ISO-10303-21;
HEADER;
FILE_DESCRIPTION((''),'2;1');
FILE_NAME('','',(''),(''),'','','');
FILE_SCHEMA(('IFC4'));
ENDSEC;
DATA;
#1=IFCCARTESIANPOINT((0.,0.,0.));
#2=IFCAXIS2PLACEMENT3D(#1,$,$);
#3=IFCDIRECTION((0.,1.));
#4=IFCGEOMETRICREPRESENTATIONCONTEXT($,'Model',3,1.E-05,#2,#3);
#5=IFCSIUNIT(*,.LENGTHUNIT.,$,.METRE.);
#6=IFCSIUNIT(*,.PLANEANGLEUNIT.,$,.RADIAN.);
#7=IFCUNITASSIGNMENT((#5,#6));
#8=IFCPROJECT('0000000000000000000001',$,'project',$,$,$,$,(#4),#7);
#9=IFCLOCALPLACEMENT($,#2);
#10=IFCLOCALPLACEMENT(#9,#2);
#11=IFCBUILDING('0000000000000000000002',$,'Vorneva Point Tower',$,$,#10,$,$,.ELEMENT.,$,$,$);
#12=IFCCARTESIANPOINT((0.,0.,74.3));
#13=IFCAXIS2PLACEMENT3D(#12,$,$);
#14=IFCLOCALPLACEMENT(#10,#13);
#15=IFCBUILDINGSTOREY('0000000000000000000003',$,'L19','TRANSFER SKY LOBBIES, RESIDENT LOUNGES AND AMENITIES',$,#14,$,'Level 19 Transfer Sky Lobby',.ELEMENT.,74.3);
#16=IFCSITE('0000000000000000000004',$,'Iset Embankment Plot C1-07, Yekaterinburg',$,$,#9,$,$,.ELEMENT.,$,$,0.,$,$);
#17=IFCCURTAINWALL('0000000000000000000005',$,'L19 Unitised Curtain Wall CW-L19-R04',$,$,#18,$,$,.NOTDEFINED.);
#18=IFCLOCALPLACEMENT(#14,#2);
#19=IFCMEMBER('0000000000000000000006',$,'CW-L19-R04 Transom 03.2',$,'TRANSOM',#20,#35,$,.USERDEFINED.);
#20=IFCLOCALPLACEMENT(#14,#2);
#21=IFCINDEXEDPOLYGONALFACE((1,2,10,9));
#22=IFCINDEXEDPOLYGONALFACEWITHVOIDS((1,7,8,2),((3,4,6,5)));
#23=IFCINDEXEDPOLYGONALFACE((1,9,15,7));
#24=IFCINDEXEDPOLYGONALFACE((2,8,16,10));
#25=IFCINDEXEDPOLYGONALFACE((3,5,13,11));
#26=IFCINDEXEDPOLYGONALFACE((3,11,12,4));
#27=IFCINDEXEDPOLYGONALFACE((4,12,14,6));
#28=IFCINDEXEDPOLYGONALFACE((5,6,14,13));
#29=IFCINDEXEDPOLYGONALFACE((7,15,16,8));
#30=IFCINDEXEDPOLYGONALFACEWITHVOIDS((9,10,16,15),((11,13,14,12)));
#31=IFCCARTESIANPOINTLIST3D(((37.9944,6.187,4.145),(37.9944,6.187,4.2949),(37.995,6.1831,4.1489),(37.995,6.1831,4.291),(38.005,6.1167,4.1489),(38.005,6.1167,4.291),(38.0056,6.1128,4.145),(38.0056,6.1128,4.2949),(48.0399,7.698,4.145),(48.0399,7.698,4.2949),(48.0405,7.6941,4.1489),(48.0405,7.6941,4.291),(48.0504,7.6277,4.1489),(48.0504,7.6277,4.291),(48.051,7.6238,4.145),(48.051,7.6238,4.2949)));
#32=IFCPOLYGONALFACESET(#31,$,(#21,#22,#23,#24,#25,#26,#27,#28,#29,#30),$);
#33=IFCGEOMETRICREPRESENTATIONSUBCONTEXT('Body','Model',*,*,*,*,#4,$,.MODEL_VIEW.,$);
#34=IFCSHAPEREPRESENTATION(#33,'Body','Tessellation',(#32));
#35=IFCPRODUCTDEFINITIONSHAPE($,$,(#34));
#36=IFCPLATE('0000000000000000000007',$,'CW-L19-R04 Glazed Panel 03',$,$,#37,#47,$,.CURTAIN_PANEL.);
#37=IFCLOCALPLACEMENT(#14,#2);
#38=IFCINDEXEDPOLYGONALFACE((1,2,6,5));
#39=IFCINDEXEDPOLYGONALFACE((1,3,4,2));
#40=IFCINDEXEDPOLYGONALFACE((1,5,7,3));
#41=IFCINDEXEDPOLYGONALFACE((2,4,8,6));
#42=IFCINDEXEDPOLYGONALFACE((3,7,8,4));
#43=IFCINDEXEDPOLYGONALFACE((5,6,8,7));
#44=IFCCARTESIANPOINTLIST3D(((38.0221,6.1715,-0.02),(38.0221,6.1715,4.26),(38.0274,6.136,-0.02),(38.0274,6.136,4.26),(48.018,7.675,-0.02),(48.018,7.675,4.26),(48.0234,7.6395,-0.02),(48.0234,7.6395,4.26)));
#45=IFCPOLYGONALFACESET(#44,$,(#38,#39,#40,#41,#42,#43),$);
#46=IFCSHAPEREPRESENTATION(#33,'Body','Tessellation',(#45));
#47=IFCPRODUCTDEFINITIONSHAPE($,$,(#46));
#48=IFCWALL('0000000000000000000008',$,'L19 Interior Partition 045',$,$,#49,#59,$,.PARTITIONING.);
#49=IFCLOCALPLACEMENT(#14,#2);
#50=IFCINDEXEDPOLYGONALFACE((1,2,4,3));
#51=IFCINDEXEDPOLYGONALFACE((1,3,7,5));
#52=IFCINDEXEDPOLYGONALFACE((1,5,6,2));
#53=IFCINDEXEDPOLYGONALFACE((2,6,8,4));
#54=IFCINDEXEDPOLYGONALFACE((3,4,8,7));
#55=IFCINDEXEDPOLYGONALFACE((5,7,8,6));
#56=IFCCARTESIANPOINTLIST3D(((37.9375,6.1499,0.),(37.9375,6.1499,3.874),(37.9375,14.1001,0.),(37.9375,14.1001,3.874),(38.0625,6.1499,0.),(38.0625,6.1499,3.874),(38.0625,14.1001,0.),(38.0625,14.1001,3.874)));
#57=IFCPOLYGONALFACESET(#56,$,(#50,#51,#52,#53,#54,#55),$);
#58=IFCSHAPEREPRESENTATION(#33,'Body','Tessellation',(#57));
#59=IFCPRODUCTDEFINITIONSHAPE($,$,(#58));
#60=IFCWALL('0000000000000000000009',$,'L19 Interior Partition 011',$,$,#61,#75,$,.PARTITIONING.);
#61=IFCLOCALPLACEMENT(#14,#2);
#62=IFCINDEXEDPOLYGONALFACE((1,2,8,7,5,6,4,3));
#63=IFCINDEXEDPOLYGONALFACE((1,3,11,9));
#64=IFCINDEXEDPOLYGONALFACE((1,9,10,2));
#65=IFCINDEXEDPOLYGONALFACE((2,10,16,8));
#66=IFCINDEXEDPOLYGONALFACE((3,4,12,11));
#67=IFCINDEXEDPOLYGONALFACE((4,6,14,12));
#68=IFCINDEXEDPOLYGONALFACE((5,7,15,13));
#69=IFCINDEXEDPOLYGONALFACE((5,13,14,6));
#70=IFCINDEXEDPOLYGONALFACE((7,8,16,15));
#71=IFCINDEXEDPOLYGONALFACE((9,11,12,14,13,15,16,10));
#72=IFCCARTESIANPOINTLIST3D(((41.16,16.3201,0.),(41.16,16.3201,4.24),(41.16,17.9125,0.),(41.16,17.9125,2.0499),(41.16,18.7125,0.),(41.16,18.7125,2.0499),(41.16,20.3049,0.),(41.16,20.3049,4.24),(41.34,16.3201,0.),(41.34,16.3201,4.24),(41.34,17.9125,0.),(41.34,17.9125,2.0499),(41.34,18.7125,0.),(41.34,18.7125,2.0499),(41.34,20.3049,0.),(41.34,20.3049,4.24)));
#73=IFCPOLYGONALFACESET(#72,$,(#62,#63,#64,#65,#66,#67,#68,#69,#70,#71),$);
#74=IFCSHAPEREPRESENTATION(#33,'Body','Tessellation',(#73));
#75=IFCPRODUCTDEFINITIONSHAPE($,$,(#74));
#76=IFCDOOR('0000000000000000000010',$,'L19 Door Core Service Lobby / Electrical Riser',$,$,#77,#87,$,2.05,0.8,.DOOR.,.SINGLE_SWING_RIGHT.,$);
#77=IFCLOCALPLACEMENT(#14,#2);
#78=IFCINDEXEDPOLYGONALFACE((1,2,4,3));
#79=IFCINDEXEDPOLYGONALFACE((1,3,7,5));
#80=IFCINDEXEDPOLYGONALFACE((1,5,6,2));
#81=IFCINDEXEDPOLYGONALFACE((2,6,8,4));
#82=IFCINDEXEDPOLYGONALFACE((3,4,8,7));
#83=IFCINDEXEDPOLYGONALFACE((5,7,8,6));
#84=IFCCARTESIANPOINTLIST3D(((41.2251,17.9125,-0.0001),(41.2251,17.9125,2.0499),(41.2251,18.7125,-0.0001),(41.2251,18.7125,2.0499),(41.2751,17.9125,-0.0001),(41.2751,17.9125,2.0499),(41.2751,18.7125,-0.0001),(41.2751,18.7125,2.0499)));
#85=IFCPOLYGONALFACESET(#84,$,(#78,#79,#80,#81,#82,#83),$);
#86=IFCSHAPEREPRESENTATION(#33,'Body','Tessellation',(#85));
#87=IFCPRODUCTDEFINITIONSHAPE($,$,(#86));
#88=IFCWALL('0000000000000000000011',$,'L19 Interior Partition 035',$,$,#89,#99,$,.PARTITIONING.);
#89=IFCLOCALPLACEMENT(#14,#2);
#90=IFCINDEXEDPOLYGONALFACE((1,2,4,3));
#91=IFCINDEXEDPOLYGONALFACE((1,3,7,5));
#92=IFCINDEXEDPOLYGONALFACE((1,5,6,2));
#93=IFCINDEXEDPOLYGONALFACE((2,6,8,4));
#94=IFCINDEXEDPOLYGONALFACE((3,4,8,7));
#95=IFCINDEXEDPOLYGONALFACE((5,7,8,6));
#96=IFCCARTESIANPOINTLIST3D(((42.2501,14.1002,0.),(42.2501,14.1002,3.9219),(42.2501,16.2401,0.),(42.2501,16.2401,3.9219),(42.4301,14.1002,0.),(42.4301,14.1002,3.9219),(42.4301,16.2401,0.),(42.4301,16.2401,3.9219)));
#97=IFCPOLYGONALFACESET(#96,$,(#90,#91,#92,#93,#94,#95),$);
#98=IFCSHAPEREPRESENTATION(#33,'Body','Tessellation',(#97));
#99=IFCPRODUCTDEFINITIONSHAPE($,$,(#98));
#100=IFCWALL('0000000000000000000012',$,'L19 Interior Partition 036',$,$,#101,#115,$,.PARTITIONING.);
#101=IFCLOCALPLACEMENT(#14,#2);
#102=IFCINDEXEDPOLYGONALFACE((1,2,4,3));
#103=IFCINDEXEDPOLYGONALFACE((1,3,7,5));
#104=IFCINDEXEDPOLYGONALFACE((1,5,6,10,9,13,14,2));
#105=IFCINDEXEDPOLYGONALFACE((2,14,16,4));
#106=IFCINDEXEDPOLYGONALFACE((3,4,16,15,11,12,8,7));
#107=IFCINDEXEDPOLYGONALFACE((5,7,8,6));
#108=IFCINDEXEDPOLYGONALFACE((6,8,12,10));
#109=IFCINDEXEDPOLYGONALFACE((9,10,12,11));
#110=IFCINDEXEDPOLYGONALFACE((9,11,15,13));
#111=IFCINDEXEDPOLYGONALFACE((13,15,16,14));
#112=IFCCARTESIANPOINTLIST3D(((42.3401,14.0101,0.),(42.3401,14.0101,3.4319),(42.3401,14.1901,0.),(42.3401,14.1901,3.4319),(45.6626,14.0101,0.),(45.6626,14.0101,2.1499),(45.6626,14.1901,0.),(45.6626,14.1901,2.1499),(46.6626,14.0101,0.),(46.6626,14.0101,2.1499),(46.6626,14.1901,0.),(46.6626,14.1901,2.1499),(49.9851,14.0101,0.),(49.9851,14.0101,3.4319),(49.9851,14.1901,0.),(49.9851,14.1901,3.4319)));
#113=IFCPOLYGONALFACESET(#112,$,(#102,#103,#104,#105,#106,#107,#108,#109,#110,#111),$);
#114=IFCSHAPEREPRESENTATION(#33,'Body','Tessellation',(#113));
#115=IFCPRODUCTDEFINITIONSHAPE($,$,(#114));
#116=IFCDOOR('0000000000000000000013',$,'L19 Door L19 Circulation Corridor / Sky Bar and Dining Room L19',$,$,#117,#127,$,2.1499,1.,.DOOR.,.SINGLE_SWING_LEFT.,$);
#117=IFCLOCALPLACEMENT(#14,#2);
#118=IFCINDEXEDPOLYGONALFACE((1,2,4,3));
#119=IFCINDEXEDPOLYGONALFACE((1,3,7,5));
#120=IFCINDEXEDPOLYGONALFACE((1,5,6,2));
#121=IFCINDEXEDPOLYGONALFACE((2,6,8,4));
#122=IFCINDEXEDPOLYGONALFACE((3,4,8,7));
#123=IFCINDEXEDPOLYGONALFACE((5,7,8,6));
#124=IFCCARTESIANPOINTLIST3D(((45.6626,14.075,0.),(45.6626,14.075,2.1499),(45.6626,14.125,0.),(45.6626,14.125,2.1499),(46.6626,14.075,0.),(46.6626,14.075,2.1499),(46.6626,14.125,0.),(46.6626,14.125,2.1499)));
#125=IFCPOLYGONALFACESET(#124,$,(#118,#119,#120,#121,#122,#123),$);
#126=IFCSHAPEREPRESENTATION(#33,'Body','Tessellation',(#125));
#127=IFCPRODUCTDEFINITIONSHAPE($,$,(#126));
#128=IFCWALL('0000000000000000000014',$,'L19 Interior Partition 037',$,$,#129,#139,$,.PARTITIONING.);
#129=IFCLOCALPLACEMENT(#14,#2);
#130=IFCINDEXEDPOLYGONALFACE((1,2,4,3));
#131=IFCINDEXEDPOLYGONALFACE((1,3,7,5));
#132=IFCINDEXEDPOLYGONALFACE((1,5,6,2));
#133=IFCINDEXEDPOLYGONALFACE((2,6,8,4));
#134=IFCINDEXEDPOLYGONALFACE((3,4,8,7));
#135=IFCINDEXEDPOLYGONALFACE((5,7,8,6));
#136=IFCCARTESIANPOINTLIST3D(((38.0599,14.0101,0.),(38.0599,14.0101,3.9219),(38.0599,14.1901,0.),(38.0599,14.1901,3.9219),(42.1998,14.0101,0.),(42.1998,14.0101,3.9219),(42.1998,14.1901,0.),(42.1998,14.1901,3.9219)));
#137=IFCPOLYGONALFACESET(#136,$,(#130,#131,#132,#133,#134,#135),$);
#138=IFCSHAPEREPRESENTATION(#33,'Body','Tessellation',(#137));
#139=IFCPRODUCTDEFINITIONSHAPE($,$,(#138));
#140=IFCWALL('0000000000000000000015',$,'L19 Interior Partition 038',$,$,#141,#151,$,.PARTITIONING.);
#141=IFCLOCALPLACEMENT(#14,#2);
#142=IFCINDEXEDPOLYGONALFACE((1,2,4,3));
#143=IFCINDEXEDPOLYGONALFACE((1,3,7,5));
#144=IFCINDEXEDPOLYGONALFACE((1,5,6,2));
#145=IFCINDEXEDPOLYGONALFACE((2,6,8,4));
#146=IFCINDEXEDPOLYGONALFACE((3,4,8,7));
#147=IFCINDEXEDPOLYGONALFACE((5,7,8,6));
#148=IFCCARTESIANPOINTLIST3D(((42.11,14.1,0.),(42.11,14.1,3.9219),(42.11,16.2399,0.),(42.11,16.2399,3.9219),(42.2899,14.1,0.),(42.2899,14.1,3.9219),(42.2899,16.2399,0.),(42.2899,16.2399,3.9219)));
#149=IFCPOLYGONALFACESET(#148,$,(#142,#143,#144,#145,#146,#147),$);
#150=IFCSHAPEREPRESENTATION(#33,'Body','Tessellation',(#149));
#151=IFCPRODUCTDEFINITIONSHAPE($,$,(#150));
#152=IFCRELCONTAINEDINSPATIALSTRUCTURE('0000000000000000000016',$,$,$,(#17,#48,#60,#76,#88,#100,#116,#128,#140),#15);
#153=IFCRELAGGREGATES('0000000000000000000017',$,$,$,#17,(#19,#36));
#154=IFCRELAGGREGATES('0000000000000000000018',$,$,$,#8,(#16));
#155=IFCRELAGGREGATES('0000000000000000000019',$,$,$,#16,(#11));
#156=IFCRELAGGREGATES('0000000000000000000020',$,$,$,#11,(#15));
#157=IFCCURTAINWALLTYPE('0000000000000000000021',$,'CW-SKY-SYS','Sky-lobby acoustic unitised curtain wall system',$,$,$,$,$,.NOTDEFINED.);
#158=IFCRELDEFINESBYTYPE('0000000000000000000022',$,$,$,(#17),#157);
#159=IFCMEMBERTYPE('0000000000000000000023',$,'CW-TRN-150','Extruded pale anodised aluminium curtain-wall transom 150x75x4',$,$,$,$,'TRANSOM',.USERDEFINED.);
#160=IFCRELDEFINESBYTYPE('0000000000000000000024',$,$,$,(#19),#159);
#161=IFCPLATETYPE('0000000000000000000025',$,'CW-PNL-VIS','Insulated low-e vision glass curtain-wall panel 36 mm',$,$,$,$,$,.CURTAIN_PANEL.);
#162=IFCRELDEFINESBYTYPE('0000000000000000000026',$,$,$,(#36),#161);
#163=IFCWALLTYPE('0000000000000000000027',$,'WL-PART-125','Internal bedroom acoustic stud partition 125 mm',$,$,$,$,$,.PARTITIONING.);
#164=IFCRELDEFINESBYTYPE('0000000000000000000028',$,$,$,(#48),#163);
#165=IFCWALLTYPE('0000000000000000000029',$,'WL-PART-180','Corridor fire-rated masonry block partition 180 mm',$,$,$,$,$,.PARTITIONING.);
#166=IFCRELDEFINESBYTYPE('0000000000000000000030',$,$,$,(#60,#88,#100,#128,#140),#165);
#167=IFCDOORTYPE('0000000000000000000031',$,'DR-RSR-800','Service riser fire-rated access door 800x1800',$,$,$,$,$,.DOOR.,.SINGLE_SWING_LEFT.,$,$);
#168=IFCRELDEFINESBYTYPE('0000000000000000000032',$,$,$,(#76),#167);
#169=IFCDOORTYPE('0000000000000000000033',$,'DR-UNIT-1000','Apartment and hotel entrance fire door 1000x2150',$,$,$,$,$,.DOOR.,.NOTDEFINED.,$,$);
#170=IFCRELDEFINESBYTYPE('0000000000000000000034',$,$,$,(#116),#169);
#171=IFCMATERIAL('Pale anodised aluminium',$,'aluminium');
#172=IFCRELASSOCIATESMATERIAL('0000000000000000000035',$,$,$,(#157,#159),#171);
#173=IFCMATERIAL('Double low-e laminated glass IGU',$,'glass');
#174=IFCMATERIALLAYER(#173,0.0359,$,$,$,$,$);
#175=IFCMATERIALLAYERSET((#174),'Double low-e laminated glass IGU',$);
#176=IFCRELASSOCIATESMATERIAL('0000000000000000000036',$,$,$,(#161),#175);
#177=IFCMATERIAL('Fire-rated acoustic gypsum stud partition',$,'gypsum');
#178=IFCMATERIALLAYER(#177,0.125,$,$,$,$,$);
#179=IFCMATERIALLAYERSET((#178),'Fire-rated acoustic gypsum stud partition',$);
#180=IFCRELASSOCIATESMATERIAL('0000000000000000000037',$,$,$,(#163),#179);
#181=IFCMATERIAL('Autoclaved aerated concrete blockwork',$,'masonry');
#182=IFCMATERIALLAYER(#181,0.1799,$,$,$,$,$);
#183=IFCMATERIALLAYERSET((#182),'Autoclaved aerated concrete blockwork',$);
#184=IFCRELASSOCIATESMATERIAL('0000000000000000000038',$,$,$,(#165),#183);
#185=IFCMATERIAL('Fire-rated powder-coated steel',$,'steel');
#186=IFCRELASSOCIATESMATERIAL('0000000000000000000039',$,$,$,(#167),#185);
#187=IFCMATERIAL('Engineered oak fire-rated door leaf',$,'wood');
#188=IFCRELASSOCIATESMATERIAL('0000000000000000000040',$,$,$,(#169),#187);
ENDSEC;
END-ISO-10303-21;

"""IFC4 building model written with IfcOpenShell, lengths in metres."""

from ifc_helpers import new_model, si_unit, direction, frame, frame_2d, origin, origin_2d, place, context, subcontext, project, spatial, rectangle, hollow_rectangle, extrude, material, layer, layer_set, material_profile, profile_set, type_object, element, fill, aggregate, save


model = new_model("IFC4")

# Units and contexts
model_context = context("Model", 3, precision=1e-05, world=origin(), true_north=direction((0.0, 1.0)))
body_context = subcontext(model_context, "Body", "Model", "MODEL_VIEW")
ifc_project = project(units=[si_unit("LENGTHUNIT", "METRE"), si_unit("PLANEANGLEUNIT", "RADIAN")], contexts=[model_context])

# Site, building, storey
site_placement = place(None, origin())
site = spatial("IfcSite", under=ifc_project, at=site_placement, Name="Iset Embankment Plot C1-07, Yekaterinburg", CompositionType="ELEMENT", RefElevation=0.0)
building_placement = place(site_placement, origin())
building = spatial("IfcBuilding", under=site, at=building_placement, Name="Vorneva Point Tower", CompositionType="ELEMENT")
storey_placement = place(building_placement, frame((0.0, 0.0, 74.3)))
storey = spatial("IfcBuildingStorey", under=building, at=storey_placement, Name="L19", Description="TRANSFER SKY LOBBIES, RESIDENT LOUNGES AND AMENITIES", LongName="Level 19 Transfer Sky Lobby", CompositionType="ELEMENT", Elevation=74.3)

# Curtain wall, member, plate
ifc_material_1 = material(Name="Pale anodised aluminium", Category="aluminium")
curtain_wall_type = type_object("IfcCurtainWallType", Name="CW-SKY-SYS", Description="Sky-lobby acoustic unitised curtain wall system", PredefinedType="NOTDEFINED", material=ifc_material_1)
curtain_wall_placement = place(storey_placement, origin())
curtain_wall = element("IfcCurtainWall", 1, at=curtain_wall_placement, inside=storey, type_object=curtain_wall_type, Name="L19 Unitised Curtain Wall CW-L19-R04", PredefinedType="NOTDEFINED")
ifc_material_profile_1 = material_profile(ifc_material_1, hollow_rectangle(XDim=0.075, YDim=0.1499, WallThickness=0.0039, at=origin_2d()), Name="AL-TRN 150x75x4")
ifc_profile_set_1 = profile_set([ifc_material_profile_1], Name="Pale anodised aluminium")
member_type_1 = type_object("IfcMemberType", Name="CW-TRN-150", Description="Extruded pale anodised aluminium curtain-wall transom 150x75x4", ElementType="TRANSOM", PredefinedType="USERDEFINED", material=ifc_profile_set_1)
member_1_placement = place(storey_placement, frame((38.0, 6.1499, 4.22), z_axis=(0.988876, 0.148742, 0.0), x_axis=(-0.148742, 0.988876, 0.0)))
member_1 = element("IfcMember", 2, at=member_1_placement, type_object=member_type_1, Name="CW-L19-R04 Transom 03.2", ObjectType="TRANSOM", PredefinedType="USERDEFINED", context=body_context, shape_type="SweptSolid", body=[
    extrude(hollow_rectangle(XDim=0.075, YDim=0.1499, WallThickness=0.0039, at=origin_2d()), origin(), (0.0, 0.0, 1.0), 10.1584),
])
ifc_material_2 = material(Name="Double low-e laminated glass IGU", Category="glass")
ifc_layer_1 = layer(ifc_material_2, 0.0359)
ifc_layer_set_1 = layer_set([ifc_layer_1], Name="Double low-e laminated glass IGU")
plate_type = type_object("IfcPlateType", Name="CW-PNL-VIS", Description="Insulated low-e vision glass curtain-wall panel 36 mm", PredefinedType="CURTAIN_PANEL", material=ifc_layer_set_1)
plate_placement = place(storey_placement, frame((43.0227, 6.9055, -0.02), z_axis=(0.0, 0.0, 1.0), x_axis=(0.988876, 0.148741, 0.0)))
plate = element("IfcPlate", 3, at=plate_placement, type_object=plate_type, Name="CW-L19-R04 Glazed Panel 03", PredefinedType="CURTAIN_PANEL", context=body_context, shape_type="SweptSolid", body=[
    extrude(rectangle(XDim=10.1084, YDim=0.0359, at=origin_2d()), origin(), (0.0, 0.0, 1.0), 4.28),
])
aggregate(curtain_wall, [member_1, plate])

# Wall
ifc_material_3 = material(Name="Fire-rated acoustic gypsum stud partition", Category="gypsum")
ifc_layer_2 = layer(ifc_material_3, 0.125)
ifc_layer_set_2 = layer_set([ifc_layer_2], Name="Fire-rated acoustic gypsum stud partition")
wall_type_1 = type_object("IfcWallType", Name="WL-PART-125", Description="Internal bedroom acoustic stud partition 125 mm", PredefinedType="PARTITIONING", material=ifc_layer_set_2)
wall_1_placement = place(storey_placement, frame((38.0, 6.1499, 0.0), z_axis=(0.0, 0.0, 1.0), x_axis=(0.0, 1.0, 0.0)))
element("IfcWall", 4, at=wall_1_placement, inside=storey, type_object=wall_type_1, Name="L19 Interior Partition 045", PredefinedType="PARTITIONING", context=body_context, shape_type="SweptSolid", body=[
    extrude(rectangle(XDim=7.9502, YDim=0.125, at=frame_2d((3.9751, 0.0))), origin(), (0.0, 0.0, 1.0), 3.874),
])

# Wall, opening, door
ifc_material_4 = material(Name="Autoclaved aerated concrete blockwork", Category="masonry")
ifc_layer_3 = layer(ifc_material_4, 0.1799)
ifc_layer_set_3 = layer_set([ifc_layer_3], Name="Autoclaved aerated concrete blockwork")
wall_type_2 = type_object("IfcWallType", Name="WL-PART-180", Description="Corridor fire-rated masonry block partition 180 mm", PredefinedType="PARTITIONING", material=ifc_layer_set_3)
wall_2_placement = place(storey_placement, frame((41.25, 16.3201, 0.0), z_axis=(0.0, 0.0, 1.0), x_axis=(0.0, 1.0, 0.0)))
wall_2 = element("IfcWall", 5, at=wall_2_placement, inside=storey, type_object=wall_type_2, Name="L19 Interior Partition 011", PredefinedType="PARTITIONING", context=body_context, shape_type="SweptSolid", body=[
    extrude(rectangle(XDim=3.9849, YDim=0.1799, at=frame_2d((1.9924, 0.0))), origin(), (0.0, 0.0, 1.0), 4.24),
])
opening_1_placement = place(wall_2_placement, frame((1.5925, 0.0, 0.0)))
opening_1 = element("IfcOpeningElement", 6, at=opening_1_placement, cuts=wall_2, PredefinedType="OPENING", context=body_context, shape_type="SweptSolid", body=[
    extrude(rectangle(XDim=0.8, YDim=2.05, at=frame_2d((0.3999, 1.0249))), frame((0.0, 0.105, 0.0), z_axis=(0.0, -1.0, 0.0), x_axis=(1.0, 0.0, 0.0)), (0.0, 0.0, 1.0), 0.2097),
])
ifc_material_5 = material(Name="Fire-rated powder-coated steel", Category="steel")
door_type_1 = type_object("IfcDoorType", Name="DR-RSR-800", Description="Service riser fire-rated access door 800x1800", OperationType="SINGLE_SWING_LEFT", PredefinedType="DOOR", material=ifc_material_5)
door_1_placement = place(opening_1_placement, origin())
door_1 = element("IfcDoor", 7, at=door_1_placement, inside=storey, type_object=door_type_1, Name="L19 Door Core Service Lobby / Electrical Riser", OperationType="SINGLE_SWING_RIGHT", OverallHeight=2.05, OverallWidth=0.8, PredefinedType="DOOR", context=body_context, shape_type="SweptSolid", body=[
    extrude(rectangle(XDim=0.8, YDim=2.05, at=frame_2d((0.3999, 1.0249))), frame((0.0, 0.0249, 0.0), z_axis=(0.0, -1.0, 0.0), x_axis=(1.0, 0.0, 0.0)), (0.0, 0.0, 1.0), 0.05),
])
fill(opening_1, door_1)

# Wall
wall_3_placement = place(storey_placement, frame((42.3401, 16.24, 0.0), z_axis=(0.0, 0.0, 1.0), x_axis=(0.0, -1.0, 0.0)))
element("IfcWall", 8, at=wall_3_placement, inside=storey, type_object=wall_type_2, Name="L19 Interior Partition 035", PredefinedType="PARTITIONING", context=body_context, shape_type="SweptSolid", body=[
    extrude(rectangle(XDim=2.1399, YDim=0.1799, at=frame_2d((1.0698, 0.0))), origin(), (0.0, 0.0, 1.0), 3.9219),
])

# Wall, opening, door
wall_4_placement = place(storey_placement, frame((42.3401, 14.1001, 0.0), z_axis=(0.0, 0.0, 1.0), x_axis=(1.0, 0.0, 0.0)))
wall_4 = element("IfcWall", 9, at=wall_4_placement, inside=storey, type_object=wall_type_2, Name="L19 Interior Partition 036", PredefinedType="PARTITIONING", context=body_context, shape_type="SweptSolid", body=[
    extrude(rectangle(XDim=7.645, YDim=0.1799, at=frame_2d((3.8225, 0.0))), origin(), (0.0, 0.0, 1.0), 3.4319),
])
opening_2_placement = place(wall_4_placement, frame((3.3225, 0.0, 0.0)))
opening_2 = element("IfcOpeningElement", 10, at=opening_2_placement, cuts=wall_4, PredefinedType="OPENING", context=body_context, shape_type="SweptSolid", body=[
    extrude(rectangle(XDim=1.0, YDim=2.1499, at=frame_2d((0.5, 1.075))), frame((0.0, 0.105, 0.0), z_axis=(0.0, -1.0, 0.0), x_axis=(1.0, 0.0, 0.0)), (0.0, 0.0, 1.0), 0.2097),
])
ifc_material_6 = material(Name="Engineered oak fire-rated door leaf", Category="wood")
door_type_2 = type_object("IfcDoorType", Name="DR-UNIT-1000", Description="Apartment and hotel entrance fire door 1000x2150", OperationType="NOTDEFINED", PredefinedType="DOOR", material=ifc_material_6)
door_2_placement = place(opening_2_placement, origin())
door_2 = element("IfcDoor", 11, at=door_2_placement, inside=storey, type_object=door_type_2, Name="L19 Door L19 Circulation Corridor / Sky Bar and Dining Room L19", OperationType="SINGLE_SWING_LEFT", OverallHeight=2.1499, OverallWidth=1.0, PredefinedType="DOOR", context=body_context, shape_type="SweptSolid", body=[
    extrude(rectangle(XDim=1.0, YDim=2.1499, at=frame_2d((0.5, 1.075))), frame((0.0, 0.0249, 0.0), z_axis=(0.0, -1.0, 0.0), x_axis=(1.0, 0.0, 0.0)), (0.0, 0.0, 1.0), 0.05),
])
fill(opening_2, door_2)

# Walls
wall_5_placement = place(storey_placement, frame((38.0601, 14.1001, 0.0), z_axis=(0.0, 0.0, 1.0), x_axis=(1.0, 0.0, 0.0)))
element("IfcWall", 12, at=wall_5_placement, inside=storey, type_object=wall_type_2, Name="L19 Interior Partition 037", PredefinedType="PARTITIONING", context=body_context, shape_type="SweptSolid", body=[
    extrude(rectangle(XDim=4.1399, YDim=0.1799, at=frame_2d((2.0698, 0.0))), origin(), (0.0, 0.0, 1.0), 3.9219),
])
wall_6_placement = place(storey_placement, frame((42.2, 14.1001, 0.0), z_axis=(0.0, 0.0, 1.0), x_axis=(0.0, 1.0, 0.0)))
element("IfcWall", 13, at=wall_6_placement, inside=storey, type_object=wall_type_2, Name="L19 Interior Partition 038", PredefinedType="PARTITIONING", context=body_context, shape_type="SweptSolid", body=[
    extrude(rectangle(XDim=2.1399, YDim=0.1799, at=frame_2d((1.0698, 0.0))), origin(), (0.0, 0.0, 1.0), 3.9219),
])

save(model, "model.ifc")
